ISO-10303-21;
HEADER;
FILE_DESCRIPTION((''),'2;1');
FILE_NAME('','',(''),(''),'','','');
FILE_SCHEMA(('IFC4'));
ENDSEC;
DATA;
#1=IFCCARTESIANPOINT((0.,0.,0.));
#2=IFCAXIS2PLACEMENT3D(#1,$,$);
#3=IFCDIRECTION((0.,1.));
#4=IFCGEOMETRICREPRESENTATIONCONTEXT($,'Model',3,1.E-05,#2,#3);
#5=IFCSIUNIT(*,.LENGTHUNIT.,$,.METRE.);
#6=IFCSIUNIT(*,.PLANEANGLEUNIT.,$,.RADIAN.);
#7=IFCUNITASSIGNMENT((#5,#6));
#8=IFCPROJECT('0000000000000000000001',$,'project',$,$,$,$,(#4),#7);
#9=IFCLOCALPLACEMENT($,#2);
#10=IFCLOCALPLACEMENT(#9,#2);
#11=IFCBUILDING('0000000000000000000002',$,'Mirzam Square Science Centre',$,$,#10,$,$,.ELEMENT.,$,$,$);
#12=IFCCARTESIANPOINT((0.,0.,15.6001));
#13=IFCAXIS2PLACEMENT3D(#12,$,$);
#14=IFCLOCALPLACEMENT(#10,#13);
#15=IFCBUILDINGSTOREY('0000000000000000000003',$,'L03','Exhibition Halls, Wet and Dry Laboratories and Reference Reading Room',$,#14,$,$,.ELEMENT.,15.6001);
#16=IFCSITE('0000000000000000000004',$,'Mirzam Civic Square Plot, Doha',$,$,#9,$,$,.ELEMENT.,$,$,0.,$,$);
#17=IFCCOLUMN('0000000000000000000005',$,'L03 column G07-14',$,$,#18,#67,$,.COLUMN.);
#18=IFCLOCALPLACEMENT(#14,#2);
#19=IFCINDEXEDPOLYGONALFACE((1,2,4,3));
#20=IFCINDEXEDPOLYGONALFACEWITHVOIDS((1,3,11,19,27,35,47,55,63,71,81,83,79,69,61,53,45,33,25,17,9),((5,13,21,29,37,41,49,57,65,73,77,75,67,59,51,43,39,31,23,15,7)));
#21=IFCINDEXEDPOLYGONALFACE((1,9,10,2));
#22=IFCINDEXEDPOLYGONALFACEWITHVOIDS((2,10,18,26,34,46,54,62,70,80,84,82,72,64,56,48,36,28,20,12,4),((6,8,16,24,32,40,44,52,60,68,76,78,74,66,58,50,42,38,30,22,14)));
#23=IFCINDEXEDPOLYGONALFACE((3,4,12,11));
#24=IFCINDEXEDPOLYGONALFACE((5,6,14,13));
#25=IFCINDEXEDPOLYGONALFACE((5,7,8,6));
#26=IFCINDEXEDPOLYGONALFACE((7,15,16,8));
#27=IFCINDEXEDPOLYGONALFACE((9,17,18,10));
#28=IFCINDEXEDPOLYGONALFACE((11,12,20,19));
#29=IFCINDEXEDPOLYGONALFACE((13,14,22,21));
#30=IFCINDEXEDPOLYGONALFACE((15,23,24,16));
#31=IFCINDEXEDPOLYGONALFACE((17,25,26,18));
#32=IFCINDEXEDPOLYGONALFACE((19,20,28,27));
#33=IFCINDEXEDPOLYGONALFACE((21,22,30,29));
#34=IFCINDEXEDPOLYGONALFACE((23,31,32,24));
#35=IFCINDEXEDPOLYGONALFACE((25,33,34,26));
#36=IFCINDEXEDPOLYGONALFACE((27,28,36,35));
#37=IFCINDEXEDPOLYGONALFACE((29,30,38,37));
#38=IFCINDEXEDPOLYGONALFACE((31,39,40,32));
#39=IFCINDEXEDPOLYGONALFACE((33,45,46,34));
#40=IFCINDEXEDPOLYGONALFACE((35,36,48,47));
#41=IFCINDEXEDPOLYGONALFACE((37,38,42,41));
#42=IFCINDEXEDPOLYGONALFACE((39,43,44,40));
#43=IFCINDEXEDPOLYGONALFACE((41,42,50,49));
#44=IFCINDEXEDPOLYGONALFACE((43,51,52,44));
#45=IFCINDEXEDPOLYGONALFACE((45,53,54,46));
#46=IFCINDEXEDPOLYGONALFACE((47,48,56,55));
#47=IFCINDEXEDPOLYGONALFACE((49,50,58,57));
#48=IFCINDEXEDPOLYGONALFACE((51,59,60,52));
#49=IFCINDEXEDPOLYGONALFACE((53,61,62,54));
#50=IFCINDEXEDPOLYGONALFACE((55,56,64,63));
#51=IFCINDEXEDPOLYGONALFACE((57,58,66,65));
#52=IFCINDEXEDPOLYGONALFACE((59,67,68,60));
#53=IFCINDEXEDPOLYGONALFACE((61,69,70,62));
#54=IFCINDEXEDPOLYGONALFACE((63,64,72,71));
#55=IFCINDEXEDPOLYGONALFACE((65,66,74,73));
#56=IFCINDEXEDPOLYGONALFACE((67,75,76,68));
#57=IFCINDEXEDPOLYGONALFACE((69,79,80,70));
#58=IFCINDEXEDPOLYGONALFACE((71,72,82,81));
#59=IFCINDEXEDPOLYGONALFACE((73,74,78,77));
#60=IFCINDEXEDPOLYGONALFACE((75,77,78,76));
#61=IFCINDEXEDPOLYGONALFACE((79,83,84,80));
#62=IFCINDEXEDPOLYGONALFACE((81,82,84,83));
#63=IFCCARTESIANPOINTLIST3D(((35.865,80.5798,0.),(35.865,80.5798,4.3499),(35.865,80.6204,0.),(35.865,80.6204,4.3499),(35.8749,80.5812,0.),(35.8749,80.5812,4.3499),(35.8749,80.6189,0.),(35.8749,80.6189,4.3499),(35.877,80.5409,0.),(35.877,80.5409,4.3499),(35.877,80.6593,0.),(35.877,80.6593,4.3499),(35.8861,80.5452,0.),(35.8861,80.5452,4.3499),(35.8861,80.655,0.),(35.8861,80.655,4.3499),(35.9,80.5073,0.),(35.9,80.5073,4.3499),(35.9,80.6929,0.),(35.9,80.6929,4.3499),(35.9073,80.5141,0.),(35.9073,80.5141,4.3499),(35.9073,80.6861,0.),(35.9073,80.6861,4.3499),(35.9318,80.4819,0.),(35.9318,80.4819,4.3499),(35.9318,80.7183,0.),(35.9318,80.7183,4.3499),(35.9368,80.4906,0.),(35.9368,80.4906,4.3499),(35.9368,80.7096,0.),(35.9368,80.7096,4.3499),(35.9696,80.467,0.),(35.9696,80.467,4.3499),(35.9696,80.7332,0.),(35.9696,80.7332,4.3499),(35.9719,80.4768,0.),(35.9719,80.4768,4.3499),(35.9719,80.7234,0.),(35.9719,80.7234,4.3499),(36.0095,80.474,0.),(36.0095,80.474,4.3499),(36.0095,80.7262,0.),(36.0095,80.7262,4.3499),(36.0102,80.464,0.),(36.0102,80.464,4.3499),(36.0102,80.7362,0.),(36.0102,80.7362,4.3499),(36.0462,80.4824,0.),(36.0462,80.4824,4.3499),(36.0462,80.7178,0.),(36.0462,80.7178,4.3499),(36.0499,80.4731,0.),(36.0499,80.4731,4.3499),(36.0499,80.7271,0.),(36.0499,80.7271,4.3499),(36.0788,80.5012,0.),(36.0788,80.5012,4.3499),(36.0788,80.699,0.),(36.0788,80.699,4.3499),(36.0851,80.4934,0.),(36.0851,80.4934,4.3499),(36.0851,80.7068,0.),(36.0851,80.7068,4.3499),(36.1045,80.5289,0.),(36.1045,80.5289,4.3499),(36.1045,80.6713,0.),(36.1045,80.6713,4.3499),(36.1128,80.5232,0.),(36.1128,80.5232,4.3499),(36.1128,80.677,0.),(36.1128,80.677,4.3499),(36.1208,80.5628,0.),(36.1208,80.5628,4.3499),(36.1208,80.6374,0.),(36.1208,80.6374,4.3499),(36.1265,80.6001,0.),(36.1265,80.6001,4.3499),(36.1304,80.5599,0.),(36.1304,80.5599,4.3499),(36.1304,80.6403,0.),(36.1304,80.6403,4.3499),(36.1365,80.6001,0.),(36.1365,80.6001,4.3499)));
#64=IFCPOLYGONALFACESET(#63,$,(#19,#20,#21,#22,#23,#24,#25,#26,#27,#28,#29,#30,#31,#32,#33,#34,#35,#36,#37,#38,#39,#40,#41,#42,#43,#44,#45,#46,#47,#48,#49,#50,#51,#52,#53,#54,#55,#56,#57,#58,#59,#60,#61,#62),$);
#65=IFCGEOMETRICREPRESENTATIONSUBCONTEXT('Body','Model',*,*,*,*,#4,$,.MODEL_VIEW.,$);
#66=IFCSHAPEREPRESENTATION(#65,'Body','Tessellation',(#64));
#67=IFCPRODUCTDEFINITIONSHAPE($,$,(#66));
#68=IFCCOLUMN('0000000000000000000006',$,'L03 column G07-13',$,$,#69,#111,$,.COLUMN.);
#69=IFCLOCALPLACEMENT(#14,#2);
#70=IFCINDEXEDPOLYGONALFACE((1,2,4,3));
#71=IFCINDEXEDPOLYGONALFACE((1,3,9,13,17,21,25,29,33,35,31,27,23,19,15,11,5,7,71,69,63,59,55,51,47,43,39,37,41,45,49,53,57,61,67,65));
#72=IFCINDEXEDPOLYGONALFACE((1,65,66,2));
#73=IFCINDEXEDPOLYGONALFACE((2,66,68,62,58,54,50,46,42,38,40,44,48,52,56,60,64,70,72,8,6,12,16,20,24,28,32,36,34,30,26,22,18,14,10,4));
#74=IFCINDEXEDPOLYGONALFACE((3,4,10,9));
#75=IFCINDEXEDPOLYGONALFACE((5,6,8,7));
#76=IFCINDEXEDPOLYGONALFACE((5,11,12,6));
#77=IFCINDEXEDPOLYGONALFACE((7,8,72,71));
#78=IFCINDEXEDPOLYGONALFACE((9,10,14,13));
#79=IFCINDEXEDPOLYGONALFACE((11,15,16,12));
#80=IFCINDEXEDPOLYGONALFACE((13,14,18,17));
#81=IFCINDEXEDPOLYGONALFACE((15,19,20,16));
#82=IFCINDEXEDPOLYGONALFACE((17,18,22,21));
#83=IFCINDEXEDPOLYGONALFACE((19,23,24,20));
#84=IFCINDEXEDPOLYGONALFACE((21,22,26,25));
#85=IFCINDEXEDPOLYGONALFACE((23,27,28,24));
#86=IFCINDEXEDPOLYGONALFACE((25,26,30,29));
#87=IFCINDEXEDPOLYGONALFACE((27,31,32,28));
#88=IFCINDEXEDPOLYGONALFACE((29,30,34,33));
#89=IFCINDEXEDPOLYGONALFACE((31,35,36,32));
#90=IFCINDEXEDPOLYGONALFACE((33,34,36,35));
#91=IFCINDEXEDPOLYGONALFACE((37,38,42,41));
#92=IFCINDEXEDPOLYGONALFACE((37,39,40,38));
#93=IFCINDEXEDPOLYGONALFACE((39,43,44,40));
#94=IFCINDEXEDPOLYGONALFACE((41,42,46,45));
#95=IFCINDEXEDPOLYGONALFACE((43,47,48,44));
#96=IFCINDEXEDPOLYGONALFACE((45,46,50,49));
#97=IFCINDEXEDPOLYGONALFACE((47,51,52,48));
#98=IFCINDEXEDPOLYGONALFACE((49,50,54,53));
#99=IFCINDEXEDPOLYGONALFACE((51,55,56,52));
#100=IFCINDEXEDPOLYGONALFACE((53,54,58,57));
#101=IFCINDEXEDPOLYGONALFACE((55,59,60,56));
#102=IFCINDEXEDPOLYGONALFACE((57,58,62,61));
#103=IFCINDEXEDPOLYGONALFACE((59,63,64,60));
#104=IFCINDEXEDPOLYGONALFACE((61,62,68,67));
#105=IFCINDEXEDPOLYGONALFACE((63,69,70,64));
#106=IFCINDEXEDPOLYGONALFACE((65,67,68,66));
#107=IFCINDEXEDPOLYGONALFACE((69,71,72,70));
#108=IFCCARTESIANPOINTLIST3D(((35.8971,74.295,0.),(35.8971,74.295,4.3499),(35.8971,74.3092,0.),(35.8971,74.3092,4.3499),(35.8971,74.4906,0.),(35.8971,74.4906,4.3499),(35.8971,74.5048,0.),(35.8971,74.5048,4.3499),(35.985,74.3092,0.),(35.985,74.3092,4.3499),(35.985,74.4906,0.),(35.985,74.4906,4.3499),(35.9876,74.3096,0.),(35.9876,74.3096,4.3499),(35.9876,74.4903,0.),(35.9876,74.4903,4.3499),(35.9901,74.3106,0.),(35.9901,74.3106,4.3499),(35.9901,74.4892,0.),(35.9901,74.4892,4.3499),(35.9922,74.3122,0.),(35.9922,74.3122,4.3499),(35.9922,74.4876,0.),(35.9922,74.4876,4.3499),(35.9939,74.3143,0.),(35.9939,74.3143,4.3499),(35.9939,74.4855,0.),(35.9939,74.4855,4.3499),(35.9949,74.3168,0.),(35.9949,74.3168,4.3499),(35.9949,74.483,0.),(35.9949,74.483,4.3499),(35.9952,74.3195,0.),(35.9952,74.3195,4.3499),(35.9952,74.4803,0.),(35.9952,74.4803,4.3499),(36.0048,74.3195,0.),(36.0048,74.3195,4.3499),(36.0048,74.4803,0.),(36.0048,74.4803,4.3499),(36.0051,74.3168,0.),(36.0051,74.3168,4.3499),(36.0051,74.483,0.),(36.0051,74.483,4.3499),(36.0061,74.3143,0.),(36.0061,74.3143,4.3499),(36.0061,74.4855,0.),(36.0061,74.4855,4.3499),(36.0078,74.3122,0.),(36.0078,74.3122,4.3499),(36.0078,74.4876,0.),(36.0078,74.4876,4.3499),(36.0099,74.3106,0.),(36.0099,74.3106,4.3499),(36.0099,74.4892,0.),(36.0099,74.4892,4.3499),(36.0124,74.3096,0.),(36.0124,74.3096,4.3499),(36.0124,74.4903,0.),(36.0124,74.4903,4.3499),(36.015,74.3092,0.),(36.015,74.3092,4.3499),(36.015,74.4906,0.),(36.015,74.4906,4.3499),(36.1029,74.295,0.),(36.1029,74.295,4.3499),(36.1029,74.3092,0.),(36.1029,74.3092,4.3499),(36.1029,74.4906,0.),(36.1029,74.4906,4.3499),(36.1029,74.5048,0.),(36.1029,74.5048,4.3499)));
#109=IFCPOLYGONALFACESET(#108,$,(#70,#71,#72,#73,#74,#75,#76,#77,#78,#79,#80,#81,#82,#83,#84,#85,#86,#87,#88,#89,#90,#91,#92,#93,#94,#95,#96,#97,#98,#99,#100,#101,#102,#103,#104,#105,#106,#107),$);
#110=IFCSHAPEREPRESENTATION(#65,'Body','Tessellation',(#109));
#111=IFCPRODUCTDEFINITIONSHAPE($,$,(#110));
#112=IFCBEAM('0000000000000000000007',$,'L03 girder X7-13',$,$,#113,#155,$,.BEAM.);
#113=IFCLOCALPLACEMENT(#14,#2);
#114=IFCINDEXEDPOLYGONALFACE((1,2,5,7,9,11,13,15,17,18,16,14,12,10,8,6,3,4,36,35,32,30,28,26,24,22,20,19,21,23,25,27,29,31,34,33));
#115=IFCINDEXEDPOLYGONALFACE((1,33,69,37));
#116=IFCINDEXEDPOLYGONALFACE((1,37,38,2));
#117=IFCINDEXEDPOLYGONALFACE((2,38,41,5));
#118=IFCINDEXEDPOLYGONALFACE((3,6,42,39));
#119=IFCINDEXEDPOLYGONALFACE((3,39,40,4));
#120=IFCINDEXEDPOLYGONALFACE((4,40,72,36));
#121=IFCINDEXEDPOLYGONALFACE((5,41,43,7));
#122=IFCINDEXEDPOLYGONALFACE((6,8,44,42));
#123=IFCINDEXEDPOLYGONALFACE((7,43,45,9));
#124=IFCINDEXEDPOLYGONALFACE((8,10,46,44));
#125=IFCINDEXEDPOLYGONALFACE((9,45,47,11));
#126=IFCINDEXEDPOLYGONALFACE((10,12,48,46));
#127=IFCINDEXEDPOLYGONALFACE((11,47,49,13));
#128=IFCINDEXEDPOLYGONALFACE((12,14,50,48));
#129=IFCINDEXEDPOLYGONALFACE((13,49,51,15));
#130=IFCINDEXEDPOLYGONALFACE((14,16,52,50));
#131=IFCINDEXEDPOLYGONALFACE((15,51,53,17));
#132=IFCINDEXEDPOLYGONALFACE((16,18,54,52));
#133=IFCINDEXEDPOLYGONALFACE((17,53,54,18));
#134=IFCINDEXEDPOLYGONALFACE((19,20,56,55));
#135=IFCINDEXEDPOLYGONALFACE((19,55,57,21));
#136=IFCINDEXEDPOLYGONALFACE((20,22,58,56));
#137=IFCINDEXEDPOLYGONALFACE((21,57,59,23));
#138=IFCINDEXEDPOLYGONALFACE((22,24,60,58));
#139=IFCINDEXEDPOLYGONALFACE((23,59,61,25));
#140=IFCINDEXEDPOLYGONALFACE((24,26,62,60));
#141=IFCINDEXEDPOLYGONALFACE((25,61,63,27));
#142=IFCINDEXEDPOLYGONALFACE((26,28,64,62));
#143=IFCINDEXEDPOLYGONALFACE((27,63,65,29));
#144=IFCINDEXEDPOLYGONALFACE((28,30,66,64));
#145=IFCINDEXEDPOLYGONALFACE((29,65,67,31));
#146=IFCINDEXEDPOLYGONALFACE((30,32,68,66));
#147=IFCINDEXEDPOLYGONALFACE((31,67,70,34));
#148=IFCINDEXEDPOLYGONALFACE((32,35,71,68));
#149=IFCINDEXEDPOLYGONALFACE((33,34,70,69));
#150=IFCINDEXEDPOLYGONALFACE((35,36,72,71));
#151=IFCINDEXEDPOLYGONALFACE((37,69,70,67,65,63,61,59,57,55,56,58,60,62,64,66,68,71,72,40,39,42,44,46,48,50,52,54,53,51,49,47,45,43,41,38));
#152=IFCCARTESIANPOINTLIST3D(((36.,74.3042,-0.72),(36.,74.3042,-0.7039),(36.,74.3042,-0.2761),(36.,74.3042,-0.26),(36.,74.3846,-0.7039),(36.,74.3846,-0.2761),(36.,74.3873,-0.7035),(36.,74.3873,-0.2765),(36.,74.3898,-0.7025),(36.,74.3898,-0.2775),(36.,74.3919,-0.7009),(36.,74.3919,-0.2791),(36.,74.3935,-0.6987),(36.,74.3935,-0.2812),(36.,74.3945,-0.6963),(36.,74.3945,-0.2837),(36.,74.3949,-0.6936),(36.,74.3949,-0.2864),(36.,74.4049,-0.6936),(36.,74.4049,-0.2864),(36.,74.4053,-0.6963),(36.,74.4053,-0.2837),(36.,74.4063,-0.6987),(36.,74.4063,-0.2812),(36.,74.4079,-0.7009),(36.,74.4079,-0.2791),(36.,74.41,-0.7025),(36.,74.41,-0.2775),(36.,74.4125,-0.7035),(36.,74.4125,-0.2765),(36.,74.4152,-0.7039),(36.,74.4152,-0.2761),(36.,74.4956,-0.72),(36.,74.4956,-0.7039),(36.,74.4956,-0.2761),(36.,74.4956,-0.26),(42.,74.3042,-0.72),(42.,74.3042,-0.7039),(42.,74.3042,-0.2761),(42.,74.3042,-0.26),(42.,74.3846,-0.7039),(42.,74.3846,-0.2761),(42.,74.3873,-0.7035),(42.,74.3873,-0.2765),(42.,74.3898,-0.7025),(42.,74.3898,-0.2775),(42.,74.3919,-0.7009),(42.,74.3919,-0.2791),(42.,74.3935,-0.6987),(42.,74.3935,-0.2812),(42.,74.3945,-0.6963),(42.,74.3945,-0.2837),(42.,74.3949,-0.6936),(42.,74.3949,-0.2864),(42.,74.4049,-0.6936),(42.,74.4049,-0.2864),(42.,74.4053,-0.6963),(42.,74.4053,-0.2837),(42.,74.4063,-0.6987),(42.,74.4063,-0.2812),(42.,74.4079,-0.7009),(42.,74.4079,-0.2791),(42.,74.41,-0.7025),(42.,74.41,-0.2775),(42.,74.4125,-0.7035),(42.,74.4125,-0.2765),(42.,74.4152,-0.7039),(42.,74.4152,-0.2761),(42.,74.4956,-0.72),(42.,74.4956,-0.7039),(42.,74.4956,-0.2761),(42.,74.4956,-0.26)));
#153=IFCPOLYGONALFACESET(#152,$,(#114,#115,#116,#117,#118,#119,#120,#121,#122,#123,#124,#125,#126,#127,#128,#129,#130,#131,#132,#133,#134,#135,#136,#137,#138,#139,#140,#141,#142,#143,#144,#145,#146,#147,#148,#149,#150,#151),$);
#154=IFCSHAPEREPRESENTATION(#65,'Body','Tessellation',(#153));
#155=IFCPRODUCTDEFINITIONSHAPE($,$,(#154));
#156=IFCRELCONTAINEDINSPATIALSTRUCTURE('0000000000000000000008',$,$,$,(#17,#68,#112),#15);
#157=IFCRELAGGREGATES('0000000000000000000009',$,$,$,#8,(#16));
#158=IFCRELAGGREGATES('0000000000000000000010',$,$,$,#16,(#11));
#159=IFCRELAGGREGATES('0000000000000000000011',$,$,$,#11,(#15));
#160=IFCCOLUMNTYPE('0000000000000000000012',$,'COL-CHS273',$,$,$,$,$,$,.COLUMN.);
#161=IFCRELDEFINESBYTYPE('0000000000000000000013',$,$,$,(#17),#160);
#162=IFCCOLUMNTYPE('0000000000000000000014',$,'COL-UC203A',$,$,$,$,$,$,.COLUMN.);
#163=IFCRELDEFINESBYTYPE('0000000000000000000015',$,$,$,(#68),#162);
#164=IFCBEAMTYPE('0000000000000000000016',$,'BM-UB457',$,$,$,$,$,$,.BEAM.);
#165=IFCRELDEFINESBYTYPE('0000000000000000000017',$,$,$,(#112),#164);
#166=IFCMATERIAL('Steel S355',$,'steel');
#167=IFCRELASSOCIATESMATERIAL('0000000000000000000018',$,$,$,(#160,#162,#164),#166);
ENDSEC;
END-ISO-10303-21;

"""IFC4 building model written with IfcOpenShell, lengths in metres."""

from ifc_helpers import new_model, si_unit, direction, frame, origin, origin_2d, place, context, subcontext, project, spatial, hollow_circle, i_section, extrude, material, material_profile, profile_set, type_object, element, save


model = new_model("IFC4")

# Units and contexts
model_context = context("Model", 3, precision=1e-05, world=origin(), true_north=direction((0.0, 1.0)))
body_context = subcontext(model_context, "Body", "Model", "MODEL_VIEW")
ifc_project = project(units=[si_unit("LENGTHUNIT", "METRE"), si_unit("PLANEANGLEUNIT", "RADIAN")], contexts=[model_context])

# Site, building, storey
site_placement = place(None, origin())
site = spatial("IfcSite", under=ifc_project, at=site_placement, Name="Mirzam Civic Square Plot, Doha", CompositionType="ELEMENT", RefElevation=0.0)
building_placement = place(site_placement, origin())
building = spatial("IfcBuilding", under=site, at=building_placement, Name="Mirzam Square Science Centre", CompositionType="ELEMENT")
storey_placement = place(building_placement, frame((0.0, 0.0, 15.6001)))
storey = spatial("IfcBuildingStorey", under=building, at=storey_placement, Name="L03", Description="Exhibition Halls, Wet and Dry Laboratories and Reference Reading Room", CompositionType="ELEMENT", Elevation=15.6001)

# Columns
ifc_material_1 = material(Name="Steel S355", Category="steel")
ifc_material_profile_1 = material_profile(ifc_material_1, hollow_circle(Radius=0.1365, WallThickness=0.01, at=origin_2d()), Name="273.0x10.0CHS")
ifc_profile_set_1 = profile_set([ifc_material_profile_1], Name="Steel S355")
column_type_1 = type_object("IfcColumnType", Name="COL-CHS273", PredefinedType="COLUMN", material=ifc_profile_set_1)
column_1_placement = place(storey_placement, frame((36.0, 80.6001, 0.0), z_axis=(0.0, 0.0, 1.0), x_axis=(1.0, 0.0, 0.0)))
element("IfcColumn", 1, at=column_1_placement, inside=storey, type_object=column_type_1, Name="L03 column G07-14", PredefinedType="COLUMN", context=body_context, shape_type="SweptSolid", body=[
    extrude(hollow_circle(Radius=0.1365, WallThickness=0.01, at=origin_2d()), origin(), (0.0, 0.0, 1.0), 4.3499),
])
ifc_material_profile_2 = material_profile(ifc_material_1, i_section(OverallWidth=0.2058, OverallDepth=0.2097, WebThickness=0.0095, FlangeThickness=0.0142, FilletRadius=0.0103, at=origin_2d()), Name="203x203x60UC")
ifc_profile_set_2 = profile_set([ifc_material_profile_2], Name="Steel S355")
column_type_2 = type_object("IfcColumnType", Name="COL-UC203A", PredefinedType="COLUMN", material=ifc_profile_set_2)
column_2_placement = place(storey_placement, frame((36.0, 74.3999, 0.0), z_axis=(0.0, 0.0, 1.0), x_axis=(1.0, 0.0, 0.0)))
element("IfcColumn", 2, at=column_2_placement, inside=storey, type_object=column_type_2, Name="L03 column G07-13", PredefinedType="COLUMN", context=body_context, shape_type="SweptSolid", body=[
    extrude(i_section(OverallWidth=0.2058, OverallDepth=0.2097, WebThickness=0.0095, FlangeThickness=0.0142, FilletRadius=0.0103, at=origin_2d()), origin(), (0.0, 0.0, 1.0), 4.3499),
])

# Beam
ifc_material_profile_3 = material_profile(ifc_material_1, i_section(OverallWidth=0.1914, OverallDepth=0.46, WebThickness=0.01, FlangeThickness=0.0161, FilletRadius=0.0103, at=origin_2d()), Name="457x191x82UB")
ifc_profile_set_3 = profile_set([ifc_material_profile_3], Name="Steel S355")
beam_type_1 = type_object("IfcBeamType", Name="BM-UB457", PredefinedType="BEAM", material=ifc_profile_set_3)
beam_1_placement = place(storey_placement, frame((36.0, 74.3999, -0.49), z_axis=(1.0, 0.0, 0.0), x_axis=(0.0, 1.0, 0.0)))
element("IfcBeam", 3, at=beam_1_placement, inside=storey, type_object=beam_type_1, Name="L03 girder X7-13", PredefinedType="BEAM", context=body_context, shape_type="SweptSolid", body=[
    extrude(i_section(OverallWidth=0.1914, OverallDepth=0.46, WebThickness=0.01, FlangeThickness=0.0161, FilletRadius=0.0103, at=origin_2d()), origin(), (0.0, 0.0, 1.0), 6.0),
])

save(model, "model.ifc")
